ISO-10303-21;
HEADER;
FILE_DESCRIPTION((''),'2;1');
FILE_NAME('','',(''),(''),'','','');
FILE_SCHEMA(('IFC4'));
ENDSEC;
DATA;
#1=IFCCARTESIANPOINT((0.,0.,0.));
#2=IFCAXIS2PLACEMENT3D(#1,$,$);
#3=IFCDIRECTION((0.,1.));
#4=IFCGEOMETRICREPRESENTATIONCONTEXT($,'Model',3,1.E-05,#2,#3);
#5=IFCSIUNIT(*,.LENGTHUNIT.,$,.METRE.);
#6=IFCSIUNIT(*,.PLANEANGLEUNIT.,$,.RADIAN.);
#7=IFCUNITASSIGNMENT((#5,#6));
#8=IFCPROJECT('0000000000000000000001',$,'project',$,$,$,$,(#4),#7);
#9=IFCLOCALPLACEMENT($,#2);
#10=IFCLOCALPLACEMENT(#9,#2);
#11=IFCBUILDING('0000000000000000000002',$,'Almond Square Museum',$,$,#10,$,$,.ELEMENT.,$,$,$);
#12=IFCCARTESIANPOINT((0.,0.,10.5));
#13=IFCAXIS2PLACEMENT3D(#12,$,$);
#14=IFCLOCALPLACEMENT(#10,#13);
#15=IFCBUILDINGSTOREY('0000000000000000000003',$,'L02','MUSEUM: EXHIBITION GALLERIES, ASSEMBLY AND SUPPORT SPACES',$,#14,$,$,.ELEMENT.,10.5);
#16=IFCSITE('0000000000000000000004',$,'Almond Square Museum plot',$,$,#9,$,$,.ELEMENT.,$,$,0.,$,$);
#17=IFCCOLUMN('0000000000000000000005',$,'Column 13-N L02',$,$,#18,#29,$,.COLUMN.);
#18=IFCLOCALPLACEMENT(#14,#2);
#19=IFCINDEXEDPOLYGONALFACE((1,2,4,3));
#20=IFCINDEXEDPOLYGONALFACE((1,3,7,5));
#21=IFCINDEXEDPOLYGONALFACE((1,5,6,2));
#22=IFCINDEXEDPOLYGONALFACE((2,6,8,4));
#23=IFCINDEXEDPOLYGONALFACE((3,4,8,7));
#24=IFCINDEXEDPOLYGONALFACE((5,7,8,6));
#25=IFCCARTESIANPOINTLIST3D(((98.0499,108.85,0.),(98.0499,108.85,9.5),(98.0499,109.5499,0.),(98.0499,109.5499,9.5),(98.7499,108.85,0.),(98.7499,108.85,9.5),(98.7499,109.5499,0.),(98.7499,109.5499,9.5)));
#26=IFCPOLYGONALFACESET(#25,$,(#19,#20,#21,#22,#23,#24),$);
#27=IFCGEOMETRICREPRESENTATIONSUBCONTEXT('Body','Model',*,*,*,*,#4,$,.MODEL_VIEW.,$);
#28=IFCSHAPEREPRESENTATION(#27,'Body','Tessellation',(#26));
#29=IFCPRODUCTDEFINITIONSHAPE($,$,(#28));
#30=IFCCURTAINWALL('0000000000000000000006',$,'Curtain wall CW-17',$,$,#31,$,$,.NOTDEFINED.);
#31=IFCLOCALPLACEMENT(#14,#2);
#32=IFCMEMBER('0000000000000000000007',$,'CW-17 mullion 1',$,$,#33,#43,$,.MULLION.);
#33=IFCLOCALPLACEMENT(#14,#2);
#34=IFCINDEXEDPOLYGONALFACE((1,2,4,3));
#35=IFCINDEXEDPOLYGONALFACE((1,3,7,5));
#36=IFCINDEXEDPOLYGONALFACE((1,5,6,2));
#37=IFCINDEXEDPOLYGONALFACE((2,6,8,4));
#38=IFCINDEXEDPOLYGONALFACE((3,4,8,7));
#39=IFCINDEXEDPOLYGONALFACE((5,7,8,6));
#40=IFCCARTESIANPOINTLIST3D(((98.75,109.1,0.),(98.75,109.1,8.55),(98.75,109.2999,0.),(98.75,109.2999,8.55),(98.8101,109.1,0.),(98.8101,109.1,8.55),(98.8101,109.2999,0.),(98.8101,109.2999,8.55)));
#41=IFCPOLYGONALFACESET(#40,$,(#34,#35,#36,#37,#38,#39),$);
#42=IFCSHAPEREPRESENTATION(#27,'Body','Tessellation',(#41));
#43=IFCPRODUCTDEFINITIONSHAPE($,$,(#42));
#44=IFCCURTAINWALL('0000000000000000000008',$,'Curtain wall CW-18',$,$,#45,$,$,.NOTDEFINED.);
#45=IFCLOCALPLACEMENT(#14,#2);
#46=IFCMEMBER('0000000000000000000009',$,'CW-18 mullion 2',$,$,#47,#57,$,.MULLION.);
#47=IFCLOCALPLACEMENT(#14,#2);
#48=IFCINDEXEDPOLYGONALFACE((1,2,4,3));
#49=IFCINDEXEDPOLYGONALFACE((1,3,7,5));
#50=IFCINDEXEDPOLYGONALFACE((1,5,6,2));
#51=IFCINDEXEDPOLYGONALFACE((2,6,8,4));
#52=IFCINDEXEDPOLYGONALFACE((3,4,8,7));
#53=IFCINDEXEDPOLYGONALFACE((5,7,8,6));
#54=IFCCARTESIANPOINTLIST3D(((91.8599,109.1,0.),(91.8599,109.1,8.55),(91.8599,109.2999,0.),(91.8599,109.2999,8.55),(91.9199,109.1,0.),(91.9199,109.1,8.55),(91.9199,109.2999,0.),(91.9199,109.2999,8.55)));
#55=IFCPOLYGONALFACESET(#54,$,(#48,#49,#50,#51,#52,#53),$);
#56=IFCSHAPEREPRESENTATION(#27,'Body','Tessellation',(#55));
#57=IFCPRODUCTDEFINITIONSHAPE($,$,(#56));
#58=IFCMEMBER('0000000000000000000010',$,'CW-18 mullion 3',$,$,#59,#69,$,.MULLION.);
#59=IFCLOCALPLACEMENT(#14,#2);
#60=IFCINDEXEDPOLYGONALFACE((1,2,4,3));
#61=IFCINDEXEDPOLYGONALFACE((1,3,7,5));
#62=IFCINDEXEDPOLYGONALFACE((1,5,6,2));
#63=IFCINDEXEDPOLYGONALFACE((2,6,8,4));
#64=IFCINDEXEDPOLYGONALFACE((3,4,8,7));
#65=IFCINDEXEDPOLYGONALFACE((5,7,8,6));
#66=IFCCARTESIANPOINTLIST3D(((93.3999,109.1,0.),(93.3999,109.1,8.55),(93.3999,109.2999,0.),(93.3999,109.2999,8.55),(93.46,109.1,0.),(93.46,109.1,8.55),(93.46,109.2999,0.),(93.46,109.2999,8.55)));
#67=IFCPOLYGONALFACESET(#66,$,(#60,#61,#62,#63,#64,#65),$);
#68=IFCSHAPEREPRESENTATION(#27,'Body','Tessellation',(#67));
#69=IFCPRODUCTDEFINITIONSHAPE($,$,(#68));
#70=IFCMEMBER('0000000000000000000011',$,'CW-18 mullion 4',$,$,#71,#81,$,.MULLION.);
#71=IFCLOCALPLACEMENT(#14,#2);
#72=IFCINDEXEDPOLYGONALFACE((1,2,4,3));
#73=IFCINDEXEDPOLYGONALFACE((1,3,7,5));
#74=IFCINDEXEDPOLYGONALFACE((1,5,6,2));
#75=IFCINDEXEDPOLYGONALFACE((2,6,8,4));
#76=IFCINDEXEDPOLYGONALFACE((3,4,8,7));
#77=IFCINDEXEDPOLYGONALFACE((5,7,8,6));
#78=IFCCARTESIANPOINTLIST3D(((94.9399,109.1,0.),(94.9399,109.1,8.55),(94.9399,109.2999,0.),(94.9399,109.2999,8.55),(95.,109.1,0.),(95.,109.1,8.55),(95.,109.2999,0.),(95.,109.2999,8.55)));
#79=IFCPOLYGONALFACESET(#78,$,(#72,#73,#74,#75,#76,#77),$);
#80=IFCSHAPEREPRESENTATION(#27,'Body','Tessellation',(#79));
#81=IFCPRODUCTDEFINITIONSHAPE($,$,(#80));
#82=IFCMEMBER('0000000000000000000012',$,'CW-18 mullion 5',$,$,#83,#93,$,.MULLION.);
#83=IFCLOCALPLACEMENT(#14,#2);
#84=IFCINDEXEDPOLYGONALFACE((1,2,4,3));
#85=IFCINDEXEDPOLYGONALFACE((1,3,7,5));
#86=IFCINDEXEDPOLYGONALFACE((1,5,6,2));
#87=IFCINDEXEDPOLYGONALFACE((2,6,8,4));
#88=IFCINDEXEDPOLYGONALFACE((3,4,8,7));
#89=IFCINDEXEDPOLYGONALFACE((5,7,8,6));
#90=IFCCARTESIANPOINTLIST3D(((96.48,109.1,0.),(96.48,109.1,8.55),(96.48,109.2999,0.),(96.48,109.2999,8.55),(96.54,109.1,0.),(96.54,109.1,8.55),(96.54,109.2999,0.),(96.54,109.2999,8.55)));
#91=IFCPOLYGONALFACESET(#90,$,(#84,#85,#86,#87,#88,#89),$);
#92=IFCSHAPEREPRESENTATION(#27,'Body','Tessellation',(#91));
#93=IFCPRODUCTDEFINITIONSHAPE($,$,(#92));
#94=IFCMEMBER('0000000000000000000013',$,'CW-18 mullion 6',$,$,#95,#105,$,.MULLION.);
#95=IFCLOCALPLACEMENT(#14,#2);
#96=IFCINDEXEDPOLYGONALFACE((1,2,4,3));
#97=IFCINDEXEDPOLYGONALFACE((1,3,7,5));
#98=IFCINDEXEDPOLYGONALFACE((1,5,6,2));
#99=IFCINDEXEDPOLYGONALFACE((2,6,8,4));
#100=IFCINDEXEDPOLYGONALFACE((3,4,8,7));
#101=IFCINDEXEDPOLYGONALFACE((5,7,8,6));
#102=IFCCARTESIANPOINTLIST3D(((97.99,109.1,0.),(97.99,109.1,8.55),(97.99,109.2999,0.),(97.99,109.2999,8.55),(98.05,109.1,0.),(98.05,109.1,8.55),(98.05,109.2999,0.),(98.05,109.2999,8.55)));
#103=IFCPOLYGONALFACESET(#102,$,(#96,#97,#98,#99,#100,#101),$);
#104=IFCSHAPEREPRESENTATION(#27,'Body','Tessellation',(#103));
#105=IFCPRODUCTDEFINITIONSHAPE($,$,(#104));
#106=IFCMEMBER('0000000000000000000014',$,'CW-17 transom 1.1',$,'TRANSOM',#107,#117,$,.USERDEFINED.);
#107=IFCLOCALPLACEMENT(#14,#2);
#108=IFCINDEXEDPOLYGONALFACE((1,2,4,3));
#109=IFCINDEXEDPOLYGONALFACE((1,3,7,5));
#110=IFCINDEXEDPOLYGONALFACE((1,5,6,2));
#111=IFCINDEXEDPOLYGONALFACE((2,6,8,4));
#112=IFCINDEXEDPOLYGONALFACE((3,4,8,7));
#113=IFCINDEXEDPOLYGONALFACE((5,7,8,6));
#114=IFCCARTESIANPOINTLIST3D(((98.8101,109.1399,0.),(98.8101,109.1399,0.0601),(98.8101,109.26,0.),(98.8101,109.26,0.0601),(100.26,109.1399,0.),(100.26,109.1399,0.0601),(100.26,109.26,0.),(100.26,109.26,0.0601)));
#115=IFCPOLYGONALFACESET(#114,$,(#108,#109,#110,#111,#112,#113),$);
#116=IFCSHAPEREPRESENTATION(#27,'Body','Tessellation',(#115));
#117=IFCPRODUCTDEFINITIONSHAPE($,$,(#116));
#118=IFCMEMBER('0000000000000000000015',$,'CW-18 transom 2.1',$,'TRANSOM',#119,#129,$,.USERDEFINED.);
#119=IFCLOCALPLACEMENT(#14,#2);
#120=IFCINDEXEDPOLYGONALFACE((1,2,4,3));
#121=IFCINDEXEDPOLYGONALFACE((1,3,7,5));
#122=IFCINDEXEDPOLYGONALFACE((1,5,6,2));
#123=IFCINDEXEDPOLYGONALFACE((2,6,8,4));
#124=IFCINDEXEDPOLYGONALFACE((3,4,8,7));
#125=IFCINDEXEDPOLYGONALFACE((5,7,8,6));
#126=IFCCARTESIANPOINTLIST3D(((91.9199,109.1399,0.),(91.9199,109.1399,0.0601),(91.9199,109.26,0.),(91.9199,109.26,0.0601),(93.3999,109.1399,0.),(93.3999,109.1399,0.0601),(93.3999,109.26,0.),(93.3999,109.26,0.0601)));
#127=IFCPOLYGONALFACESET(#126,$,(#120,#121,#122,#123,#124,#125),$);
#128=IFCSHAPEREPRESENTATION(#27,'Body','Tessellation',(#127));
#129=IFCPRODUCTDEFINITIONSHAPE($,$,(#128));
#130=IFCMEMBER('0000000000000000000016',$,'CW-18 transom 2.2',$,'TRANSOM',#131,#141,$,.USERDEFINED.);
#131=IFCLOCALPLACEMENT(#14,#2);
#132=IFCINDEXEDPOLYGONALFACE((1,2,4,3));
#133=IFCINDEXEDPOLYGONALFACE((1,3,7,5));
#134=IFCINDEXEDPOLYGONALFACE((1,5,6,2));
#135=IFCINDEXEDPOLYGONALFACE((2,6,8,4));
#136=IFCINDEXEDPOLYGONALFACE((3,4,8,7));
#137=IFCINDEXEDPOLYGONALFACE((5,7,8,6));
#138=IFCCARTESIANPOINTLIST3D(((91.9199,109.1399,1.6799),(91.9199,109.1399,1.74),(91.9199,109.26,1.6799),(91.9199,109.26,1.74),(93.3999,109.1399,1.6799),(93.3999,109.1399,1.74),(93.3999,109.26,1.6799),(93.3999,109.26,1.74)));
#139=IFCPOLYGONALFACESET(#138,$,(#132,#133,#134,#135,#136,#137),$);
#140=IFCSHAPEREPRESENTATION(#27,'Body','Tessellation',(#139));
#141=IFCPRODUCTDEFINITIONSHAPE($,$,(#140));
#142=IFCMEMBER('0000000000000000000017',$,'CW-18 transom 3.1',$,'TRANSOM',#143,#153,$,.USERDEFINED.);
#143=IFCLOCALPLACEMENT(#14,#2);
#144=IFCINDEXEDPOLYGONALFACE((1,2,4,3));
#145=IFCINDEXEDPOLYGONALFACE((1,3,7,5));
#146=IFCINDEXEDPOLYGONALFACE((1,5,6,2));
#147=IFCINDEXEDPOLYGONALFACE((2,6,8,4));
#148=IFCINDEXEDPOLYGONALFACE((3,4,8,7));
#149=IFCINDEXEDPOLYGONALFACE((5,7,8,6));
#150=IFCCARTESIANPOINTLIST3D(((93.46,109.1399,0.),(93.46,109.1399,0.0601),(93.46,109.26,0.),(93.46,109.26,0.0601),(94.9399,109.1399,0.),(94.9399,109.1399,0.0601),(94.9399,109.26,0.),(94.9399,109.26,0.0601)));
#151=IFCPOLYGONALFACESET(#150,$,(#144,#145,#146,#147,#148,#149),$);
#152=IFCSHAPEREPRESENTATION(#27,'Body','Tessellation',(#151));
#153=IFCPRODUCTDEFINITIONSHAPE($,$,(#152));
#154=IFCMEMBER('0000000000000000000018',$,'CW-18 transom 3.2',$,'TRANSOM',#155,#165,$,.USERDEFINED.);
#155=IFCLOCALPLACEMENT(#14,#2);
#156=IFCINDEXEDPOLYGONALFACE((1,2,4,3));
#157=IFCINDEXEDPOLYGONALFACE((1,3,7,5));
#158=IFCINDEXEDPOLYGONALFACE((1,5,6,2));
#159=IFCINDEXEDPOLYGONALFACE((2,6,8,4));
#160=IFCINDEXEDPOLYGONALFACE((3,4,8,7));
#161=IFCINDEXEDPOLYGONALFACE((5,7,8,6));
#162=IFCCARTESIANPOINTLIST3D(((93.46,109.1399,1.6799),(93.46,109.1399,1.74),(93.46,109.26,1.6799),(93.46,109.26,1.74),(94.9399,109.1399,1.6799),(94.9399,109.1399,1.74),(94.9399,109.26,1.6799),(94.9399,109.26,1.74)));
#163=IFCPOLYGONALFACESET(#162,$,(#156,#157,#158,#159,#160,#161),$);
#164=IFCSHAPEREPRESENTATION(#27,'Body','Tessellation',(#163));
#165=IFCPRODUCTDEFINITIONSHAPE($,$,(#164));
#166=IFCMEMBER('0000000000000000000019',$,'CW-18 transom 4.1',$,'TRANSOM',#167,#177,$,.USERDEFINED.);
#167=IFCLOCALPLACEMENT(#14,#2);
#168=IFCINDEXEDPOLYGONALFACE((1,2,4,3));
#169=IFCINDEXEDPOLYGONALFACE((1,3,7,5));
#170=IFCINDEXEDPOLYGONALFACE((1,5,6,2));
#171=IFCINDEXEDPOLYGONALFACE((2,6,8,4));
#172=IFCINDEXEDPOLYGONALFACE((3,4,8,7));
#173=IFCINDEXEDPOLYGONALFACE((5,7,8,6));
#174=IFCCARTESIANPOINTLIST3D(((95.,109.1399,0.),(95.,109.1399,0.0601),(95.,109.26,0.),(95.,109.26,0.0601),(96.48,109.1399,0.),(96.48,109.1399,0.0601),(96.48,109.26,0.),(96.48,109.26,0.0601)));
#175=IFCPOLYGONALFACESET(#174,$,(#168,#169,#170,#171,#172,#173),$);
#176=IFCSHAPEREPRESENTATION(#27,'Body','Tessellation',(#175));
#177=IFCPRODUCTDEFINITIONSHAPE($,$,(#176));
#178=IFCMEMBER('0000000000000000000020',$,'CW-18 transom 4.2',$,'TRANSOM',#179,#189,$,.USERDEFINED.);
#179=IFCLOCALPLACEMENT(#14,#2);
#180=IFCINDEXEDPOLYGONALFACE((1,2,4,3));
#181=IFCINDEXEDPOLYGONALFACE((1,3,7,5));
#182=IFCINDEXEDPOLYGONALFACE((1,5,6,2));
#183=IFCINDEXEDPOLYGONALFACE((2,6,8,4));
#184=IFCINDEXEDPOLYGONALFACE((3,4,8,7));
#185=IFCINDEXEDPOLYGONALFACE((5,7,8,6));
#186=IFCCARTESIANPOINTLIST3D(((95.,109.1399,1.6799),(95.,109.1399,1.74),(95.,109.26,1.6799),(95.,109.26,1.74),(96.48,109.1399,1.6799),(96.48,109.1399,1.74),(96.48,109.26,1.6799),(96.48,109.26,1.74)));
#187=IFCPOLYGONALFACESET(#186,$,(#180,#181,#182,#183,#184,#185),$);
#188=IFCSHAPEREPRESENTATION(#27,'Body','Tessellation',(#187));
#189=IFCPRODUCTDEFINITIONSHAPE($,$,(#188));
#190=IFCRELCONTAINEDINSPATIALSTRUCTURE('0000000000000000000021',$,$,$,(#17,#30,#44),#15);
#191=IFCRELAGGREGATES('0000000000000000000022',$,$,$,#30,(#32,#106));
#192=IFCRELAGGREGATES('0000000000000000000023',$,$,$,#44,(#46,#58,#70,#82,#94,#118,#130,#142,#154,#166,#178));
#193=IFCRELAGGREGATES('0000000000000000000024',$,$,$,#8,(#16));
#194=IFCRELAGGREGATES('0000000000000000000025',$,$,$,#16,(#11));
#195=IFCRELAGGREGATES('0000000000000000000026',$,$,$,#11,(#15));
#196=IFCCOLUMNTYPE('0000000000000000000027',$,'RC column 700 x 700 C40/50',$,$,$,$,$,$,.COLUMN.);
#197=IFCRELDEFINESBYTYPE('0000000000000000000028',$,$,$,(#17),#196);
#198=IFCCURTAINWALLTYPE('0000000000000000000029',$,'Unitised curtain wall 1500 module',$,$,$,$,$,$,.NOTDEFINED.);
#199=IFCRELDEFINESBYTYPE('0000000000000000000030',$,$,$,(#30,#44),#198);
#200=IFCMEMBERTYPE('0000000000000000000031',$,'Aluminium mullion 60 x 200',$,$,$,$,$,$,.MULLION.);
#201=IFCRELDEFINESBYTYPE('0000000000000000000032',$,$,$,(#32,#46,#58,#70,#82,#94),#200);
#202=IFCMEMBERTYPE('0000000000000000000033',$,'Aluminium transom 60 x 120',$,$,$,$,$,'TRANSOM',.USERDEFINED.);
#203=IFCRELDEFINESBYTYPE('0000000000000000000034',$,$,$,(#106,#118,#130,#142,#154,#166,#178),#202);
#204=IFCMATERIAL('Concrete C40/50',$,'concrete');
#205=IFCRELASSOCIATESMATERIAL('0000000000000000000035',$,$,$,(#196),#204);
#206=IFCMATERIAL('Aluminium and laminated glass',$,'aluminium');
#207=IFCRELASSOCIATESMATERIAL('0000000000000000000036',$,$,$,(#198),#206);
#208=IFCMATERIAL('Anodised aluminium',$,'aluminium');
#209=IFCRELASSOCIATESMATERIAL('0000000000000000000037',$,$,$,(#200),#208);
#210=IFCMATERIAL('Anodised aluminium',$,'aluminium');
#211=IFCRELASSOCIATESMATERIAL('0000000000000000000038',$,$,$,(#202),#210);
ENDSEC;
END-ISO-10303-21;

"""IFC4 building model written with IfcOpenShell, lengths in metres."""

from ifc_helpers import new_model, si_unit, direction, frame, origin, origin_2d, place, context, subcontext, project, spatial, rectangle, extrude, material, material_profile, profile_set, type_object, element, aggregate, save


model = new_model("IFC4")

# Units and contexts
model_context = context("Model", 3, precision=1e-05, world=origin(), true_north=direction((0.0, 1.0)))
body_context = subcontext(model_context, "Body", "Model", "MODEL_VIEW")
ifc_project = project(units=[si_unit("LENGTHUNIT", "METRE"), si_unit("PLANEANGLEUNIT", "RADIAN")], contexts=[model_context])

# Site, building, storey
site_placement = place(None, origin())
site = spatial("IfcSite", under=ifc_project, at=site_placement, Name="Almond Square Museum plot", CompositionType="ELEMENT", RefElevation=0.0)
building_placement = place(site_placement, origin())
building = spatial("IfcBuilding", under=site, at=building_placement, Name="Almond Square Museum", CompositionType="ELEMENT")
storey_placement = place(building_placement, frame((0.0, 0.0, 10.5)))
storey = spatial("IfcBuildingStorey", under=building, at=storey_placement, Name="L02", Description="MUSEUM: EXHIBITION GALLERIES, ASSEMBLY AND SUPPORT SPACES", CompositionType="ELEMENT", Elevation=10.5)

# Column
ifc_material_1 = material(Name="Concrete C40/50", Category="concrete")
ifc_material_profile_1 = material_profile(ifc_material_1, rectangle(XDim=0.7, YDim=0.7, at=origin_2d()))
ifc_profile_set_1 = profile_set([ifc_material_profile_1], Name="Concrete C40/50")
column_type = type_object("IfcColumnType", Name="RC column 700 x 700 C40/50", PredefinedType="COLUMN", material=ifc_profile_set_1)
column_placement = place(storey_placement, frame((98.3999, 109.2, 0.0), z_axis=(0.0, 0.0, 1.0), x_axis=(1.0, 0.0, 0.0)))
element("IfcColumn", 1, at=column_placement, inside=storey, type_object=column_type, Name="Column 13-N L02", PredefinedType="COLUMN", context=body_context, shape_type="SweptSolid", body=[
    extrude(rectangle(XDim=0.7, YDim=0.7, at=origin_2d()), origin(), (0.0, 0.0, 1.0), 9.5),
])

# Curtain wall, member
ifc_material_2 = material(Name="Aluminium and laminated glass", Category="aluminium")
curtain_wall_type = type_object("IfcCurtainWallType", Name="Unitised curtain wall 1500 module", PredefinedType="NOTDEFINED", material=ifc_material_2)
curtain_wall_1_placement = place(storey_placement, origin())
curtain_wall_1 = element("IfcCurtainWall", 2, at=curtain_wall_1_placement, inside=storey, type_object=curtain_wall_type, Name="Curtain wall CW-17", PredefinedType="NOTDEFINED")
ifc_material_3 = material(Name="Anodised aluminium", Category="aluminium")
ifc_material_profile_2 = material_profile(ifc_material_3, rectangle(XDim=0.2, YDim=0.0601, at=origin_2d()))
ifc_profile_set_2 = profile_set([ifc_material_profile_2], Name="Anodised aluminium")
member_type_1 = type_object("IfcMemberType", Name="Aluminium mullion 60 x 200", PredefinedType="MULLION", material=ifc_profile_set_2)
member_1_placement = place(storey_placement, frame((98.78, 109.2, 0.0), z_axis=(0.0, 0.0, 1.0), x_axis=(0.0, 1.0, 0.0)))
member_1 = element("IfcMember", 3, at=member_1_placement, type_object=member_type_1, Name="CW-17 mullion 1", PredefinedType="MULLION", context=body_context, shape_type="SweptSolid", body=[
    extrude(rectangle(XDim=0.2, YDim=0.0601, at=origin_2d()), origin(), (0.0, 0.0, 1.0), 8.55),
])

# Curtain wall, members
curtain_wall_2_placement = place(storey_placement, origin())
curtain_wall_2 = element("IfcCurtainWall", 4, at=curtain_wall_2_placement, inside=storey, type_object=curtain_wall_type, Name="Curtain wall CW-18", PredefinedType="NOTDEFINED")
member_2_placement = place(storey_placement, frame((91.8899, 109.2, 0.0), z_axis=(0.0, 0.0, 1.0), x_axis=(0.0, 1.0, 0.0)))
member_2 = element("IfcMember", 5, at=member_2_placement, type_object=member_type_1, Name="CW-18 mullion 2", PredefinedType="MULLION", context=body_context, shape_type="SweptSolid", body=[
    extrude(rectangle(XDim=0.2, YDim=0.0601, at=origin_2d()), origin(), (0.0, 0.0, 1.0), 8.55),
])
member_3_placement = place(storey_placement, frame((93.4299, 109.2, 0.0), z_axis=(0.0, 0.0, 1.0), x_axis=(0.0, 1.0, 0.0)))
member_3 = element("IfcMember", 6, at=member_3_placement, type_object=member_type_1, Name="CW-18 mullion 3", PredefinedType="MULLION", context=body_context, shape_type="SweptSolid", body=[
    extrude(rectangle(XDim=0.2, YDim=0.0601, at=origin_2d()), origin(), (0.0, 0.0, 1.0), 8.55),
])
member_4_placement = place(storey_placement, frame((94.97, 109.2, 0.0), z_axis=(0.0, 0.0, 1.0), x_axis=(0.0, 1.0, 0.0)))
member_4 = element("IfcMember", 7, at=member_4_placement, type_object=member_type_1, Name="CW-18 mullion 4", PredefinedType="MULLION", context=body_context, shape_type="SweptSolid", body=[
    extrude(rectangle(XDim=0.2, YDim=0.0601, at=origin_2d()), origin(), (0.0, 0.0, 1.0), 8.55),
])
member_5_placement = place(storey_placement, frame((96.51, 109.2, 0.0), z_axis=(0.0, 0.0, 1.0), x_axis=(0.0, 1.0, 0.0)))
member_5 = element("IfcMember", 8, at=member_5_placement, type_object=member_type_1, Name="CW-18 mullion 5", PredefinedType="MULLION", context=body_context, shape_type="SweptSolid", body=[
    extrude(rectangle(XDim=0.2, YDim=0.0601, at=origin_2d()), origin(), (0.0, 0.0, 1.0), 8.55),
])
member_6_placement = place(storey_placement, frame((98.02, 109.2, 0.0), z_axis=(0.0, 0.0, 1.0), x_axis=(0.0, 1.0, 0.0)))
member_6 = element("IfcMember", 9, at=member_6_placement, type_object=member_type_1, Name="CW-18 mullion 6", PredefinedType="MULLION", context=body_context, shape_type="SweptSolid", body=[
    extrude(rectangle(XDim=0.2, YDim=0.0601, at=origin_2d()), origin(), (0.0, 0.0, 1.0), 8.55),
])

# Members
ifc_material_4 = material(Name="Anodised aluminium", Category="aluminium")
ifc_material_profile_3 = material_profile(ifc_material_4, rectangle(XDim=0.1201, YDim=0.0601, at=origin_2d()))
ifc_profile_set_3 = profile_set([ifc_material_profile_3], Name="Anodised aluminium")
member_type_2 = type_object("IfcMemberType", Name="Aluminium transom 60 x 120", ElementType="TRANSOM", PredefinedType="USERDEFINED", material=ifc_profile_set_3)
member_7_placement = place(storey_placement, frame((98.8101, 109.2, 0.03), z_axis=(1.0, 0.0, 0.0), x_axis=(0.0, 1.0, 0.0)))
member_7 = element("IfcMember", 10, at=member_7_placement, type_object=member_type_2, Name="CW-17 transom 1.1", ObjectType="TRANSOM", PredefinedType="USERDEFINED", context=body_context, shape_type="SweptSolid", body=[
    extrude(rectangle(XDim=0.1201, YDim=0.0601, at=origin_2d()), origin(), (0.0, 0.0, 1.0), 1.45),
])
aggregate(curtain_wall_1, [member_1, member_7])
member_8_placement = place(storey_placement, frame((91.9199, 109.2, 0.03), z_axis=(1.0, 0.0, 0.0), x_axis=(0.0, 1.0, 0.0)))
member_8 = element("IfcMember", 11, at=member_8_placement, type_object=member_type_2, Name="CW-18 transom 2.1", ObjectType="TRANSOM", PredefinedType="USERDEFINED", context=body_context, shape_type="SweptSolid", body=[
    extrude(rectangle(XDim=0.1201, YDim=0.0601, at=origin_2d()), origin(), (0.0, 0.0, 1.0), 1.48),
])
member_9_placement = place(storey_placement, frame((91.9199, 109.2, 1.71), z_axis=(1.0, 0.0, 0.0), x_axis=(0.0, 1.0, 0.0)))
member_9 = element("IfcMember", 12, at=member_9_placement, type_object=member_type_2, Name="CW-18 transom 2.2", ObjectType="TRANSOM", PredefinedType="USERDEFINED", context=body_context, shape_type="SweptSolid", body=[
    extrude(rectangle(XDim=0.1201, YDim=0.0601, at=origin_2d()), origin(), (0.0, 0.0, 1.0), 1.48),
])
member_10_placement = place(storey_placement, frame((93.46, 109.2, 0.03), z_axis=(1.0, 0.0, 0.0), x_axis=(0.0, 1.0, 0.0)))
member_10 = element("IfcMember", 13, at=member_10_placement, type_object=member_type_2, Name="CW-18 transom 3.1", ObjectType="TRANSOM", PredefinedType="USERDEFINED", context=body_context, shape_type="SweptSolid", body=[
    extrude(rectangle(XDim=0.1201, YDim=0.0601, at=origin_2d()), origin(), (0.0, 0.0, 1.0), 1.48),
])
member_11_placement = place(storey_placement, frame((93.46, 109.2, 1.71), z_axis=(1.0, 0.0, 0.0), x_axis=(0.0, 1.0, 0.0)))
member_11 = element("IfcMember", 14, at=member_11_placement, type_object=member_type_2, Name="CW-18 transom 3.2", ObjectType="TRANSOM", PredefinedType="USERDEFINED", context=body_context, shape_type="SweptSolid", body=[
    extrude(rectangle(XDim=0.1201, YDim=0.0601, at=origin_2d()), origin(), (0.0, 0.0, 1.0), 1.48),
])
member_12_placement = place(storey_placement, frame((95.0, 109.2, 0.03), z_axis=(1.0, 0.0, 0.0), x_axis=(0.0, 1.0, 0.0)))
member_12 = element("IfcMember", 15, at=member_12_placement, type_object=member_type_2, Name="CW-18 transom 4.1", ObjectType="TRANSOM", PredefinedType="USERDEFINED", context=body_context, shape_type="SweptSolid", body=[
    extrude(rectangle(XDim=0.1201, YDim=0.0601, at=origin_2d()), origin(), (0.0, 0.0, 1.0), 1.48),
])
member_13_placement = place(storey_placement, frame((95.0, 109.2, 1.71), z_axis=(1.0, 0.0, 0.0), x_axis=(0.0, 1.0, 0.0)))
member_13 = element("IfcMember", 16, at=member_13_placement, type_object=member_type_2, Name="CW-18 transom 4.2", ObjectType="TRANSOM", PredefinedType="USERDEFINED", context=body_context, shape_type="SweptSolid", body=[
    extrude(rectangle(XDim=0.1201, YDim=0.0601, at=origin_2d()), origin(), (0.0, 0.0, 1.0), 1.48),
])

aggregate(curtain_wall_2, [member_2, member_3, member_4, member_5, member_6, member_8, member_9, member_10, member_11, member_12, member_13])

save(model, "model.ifc")
